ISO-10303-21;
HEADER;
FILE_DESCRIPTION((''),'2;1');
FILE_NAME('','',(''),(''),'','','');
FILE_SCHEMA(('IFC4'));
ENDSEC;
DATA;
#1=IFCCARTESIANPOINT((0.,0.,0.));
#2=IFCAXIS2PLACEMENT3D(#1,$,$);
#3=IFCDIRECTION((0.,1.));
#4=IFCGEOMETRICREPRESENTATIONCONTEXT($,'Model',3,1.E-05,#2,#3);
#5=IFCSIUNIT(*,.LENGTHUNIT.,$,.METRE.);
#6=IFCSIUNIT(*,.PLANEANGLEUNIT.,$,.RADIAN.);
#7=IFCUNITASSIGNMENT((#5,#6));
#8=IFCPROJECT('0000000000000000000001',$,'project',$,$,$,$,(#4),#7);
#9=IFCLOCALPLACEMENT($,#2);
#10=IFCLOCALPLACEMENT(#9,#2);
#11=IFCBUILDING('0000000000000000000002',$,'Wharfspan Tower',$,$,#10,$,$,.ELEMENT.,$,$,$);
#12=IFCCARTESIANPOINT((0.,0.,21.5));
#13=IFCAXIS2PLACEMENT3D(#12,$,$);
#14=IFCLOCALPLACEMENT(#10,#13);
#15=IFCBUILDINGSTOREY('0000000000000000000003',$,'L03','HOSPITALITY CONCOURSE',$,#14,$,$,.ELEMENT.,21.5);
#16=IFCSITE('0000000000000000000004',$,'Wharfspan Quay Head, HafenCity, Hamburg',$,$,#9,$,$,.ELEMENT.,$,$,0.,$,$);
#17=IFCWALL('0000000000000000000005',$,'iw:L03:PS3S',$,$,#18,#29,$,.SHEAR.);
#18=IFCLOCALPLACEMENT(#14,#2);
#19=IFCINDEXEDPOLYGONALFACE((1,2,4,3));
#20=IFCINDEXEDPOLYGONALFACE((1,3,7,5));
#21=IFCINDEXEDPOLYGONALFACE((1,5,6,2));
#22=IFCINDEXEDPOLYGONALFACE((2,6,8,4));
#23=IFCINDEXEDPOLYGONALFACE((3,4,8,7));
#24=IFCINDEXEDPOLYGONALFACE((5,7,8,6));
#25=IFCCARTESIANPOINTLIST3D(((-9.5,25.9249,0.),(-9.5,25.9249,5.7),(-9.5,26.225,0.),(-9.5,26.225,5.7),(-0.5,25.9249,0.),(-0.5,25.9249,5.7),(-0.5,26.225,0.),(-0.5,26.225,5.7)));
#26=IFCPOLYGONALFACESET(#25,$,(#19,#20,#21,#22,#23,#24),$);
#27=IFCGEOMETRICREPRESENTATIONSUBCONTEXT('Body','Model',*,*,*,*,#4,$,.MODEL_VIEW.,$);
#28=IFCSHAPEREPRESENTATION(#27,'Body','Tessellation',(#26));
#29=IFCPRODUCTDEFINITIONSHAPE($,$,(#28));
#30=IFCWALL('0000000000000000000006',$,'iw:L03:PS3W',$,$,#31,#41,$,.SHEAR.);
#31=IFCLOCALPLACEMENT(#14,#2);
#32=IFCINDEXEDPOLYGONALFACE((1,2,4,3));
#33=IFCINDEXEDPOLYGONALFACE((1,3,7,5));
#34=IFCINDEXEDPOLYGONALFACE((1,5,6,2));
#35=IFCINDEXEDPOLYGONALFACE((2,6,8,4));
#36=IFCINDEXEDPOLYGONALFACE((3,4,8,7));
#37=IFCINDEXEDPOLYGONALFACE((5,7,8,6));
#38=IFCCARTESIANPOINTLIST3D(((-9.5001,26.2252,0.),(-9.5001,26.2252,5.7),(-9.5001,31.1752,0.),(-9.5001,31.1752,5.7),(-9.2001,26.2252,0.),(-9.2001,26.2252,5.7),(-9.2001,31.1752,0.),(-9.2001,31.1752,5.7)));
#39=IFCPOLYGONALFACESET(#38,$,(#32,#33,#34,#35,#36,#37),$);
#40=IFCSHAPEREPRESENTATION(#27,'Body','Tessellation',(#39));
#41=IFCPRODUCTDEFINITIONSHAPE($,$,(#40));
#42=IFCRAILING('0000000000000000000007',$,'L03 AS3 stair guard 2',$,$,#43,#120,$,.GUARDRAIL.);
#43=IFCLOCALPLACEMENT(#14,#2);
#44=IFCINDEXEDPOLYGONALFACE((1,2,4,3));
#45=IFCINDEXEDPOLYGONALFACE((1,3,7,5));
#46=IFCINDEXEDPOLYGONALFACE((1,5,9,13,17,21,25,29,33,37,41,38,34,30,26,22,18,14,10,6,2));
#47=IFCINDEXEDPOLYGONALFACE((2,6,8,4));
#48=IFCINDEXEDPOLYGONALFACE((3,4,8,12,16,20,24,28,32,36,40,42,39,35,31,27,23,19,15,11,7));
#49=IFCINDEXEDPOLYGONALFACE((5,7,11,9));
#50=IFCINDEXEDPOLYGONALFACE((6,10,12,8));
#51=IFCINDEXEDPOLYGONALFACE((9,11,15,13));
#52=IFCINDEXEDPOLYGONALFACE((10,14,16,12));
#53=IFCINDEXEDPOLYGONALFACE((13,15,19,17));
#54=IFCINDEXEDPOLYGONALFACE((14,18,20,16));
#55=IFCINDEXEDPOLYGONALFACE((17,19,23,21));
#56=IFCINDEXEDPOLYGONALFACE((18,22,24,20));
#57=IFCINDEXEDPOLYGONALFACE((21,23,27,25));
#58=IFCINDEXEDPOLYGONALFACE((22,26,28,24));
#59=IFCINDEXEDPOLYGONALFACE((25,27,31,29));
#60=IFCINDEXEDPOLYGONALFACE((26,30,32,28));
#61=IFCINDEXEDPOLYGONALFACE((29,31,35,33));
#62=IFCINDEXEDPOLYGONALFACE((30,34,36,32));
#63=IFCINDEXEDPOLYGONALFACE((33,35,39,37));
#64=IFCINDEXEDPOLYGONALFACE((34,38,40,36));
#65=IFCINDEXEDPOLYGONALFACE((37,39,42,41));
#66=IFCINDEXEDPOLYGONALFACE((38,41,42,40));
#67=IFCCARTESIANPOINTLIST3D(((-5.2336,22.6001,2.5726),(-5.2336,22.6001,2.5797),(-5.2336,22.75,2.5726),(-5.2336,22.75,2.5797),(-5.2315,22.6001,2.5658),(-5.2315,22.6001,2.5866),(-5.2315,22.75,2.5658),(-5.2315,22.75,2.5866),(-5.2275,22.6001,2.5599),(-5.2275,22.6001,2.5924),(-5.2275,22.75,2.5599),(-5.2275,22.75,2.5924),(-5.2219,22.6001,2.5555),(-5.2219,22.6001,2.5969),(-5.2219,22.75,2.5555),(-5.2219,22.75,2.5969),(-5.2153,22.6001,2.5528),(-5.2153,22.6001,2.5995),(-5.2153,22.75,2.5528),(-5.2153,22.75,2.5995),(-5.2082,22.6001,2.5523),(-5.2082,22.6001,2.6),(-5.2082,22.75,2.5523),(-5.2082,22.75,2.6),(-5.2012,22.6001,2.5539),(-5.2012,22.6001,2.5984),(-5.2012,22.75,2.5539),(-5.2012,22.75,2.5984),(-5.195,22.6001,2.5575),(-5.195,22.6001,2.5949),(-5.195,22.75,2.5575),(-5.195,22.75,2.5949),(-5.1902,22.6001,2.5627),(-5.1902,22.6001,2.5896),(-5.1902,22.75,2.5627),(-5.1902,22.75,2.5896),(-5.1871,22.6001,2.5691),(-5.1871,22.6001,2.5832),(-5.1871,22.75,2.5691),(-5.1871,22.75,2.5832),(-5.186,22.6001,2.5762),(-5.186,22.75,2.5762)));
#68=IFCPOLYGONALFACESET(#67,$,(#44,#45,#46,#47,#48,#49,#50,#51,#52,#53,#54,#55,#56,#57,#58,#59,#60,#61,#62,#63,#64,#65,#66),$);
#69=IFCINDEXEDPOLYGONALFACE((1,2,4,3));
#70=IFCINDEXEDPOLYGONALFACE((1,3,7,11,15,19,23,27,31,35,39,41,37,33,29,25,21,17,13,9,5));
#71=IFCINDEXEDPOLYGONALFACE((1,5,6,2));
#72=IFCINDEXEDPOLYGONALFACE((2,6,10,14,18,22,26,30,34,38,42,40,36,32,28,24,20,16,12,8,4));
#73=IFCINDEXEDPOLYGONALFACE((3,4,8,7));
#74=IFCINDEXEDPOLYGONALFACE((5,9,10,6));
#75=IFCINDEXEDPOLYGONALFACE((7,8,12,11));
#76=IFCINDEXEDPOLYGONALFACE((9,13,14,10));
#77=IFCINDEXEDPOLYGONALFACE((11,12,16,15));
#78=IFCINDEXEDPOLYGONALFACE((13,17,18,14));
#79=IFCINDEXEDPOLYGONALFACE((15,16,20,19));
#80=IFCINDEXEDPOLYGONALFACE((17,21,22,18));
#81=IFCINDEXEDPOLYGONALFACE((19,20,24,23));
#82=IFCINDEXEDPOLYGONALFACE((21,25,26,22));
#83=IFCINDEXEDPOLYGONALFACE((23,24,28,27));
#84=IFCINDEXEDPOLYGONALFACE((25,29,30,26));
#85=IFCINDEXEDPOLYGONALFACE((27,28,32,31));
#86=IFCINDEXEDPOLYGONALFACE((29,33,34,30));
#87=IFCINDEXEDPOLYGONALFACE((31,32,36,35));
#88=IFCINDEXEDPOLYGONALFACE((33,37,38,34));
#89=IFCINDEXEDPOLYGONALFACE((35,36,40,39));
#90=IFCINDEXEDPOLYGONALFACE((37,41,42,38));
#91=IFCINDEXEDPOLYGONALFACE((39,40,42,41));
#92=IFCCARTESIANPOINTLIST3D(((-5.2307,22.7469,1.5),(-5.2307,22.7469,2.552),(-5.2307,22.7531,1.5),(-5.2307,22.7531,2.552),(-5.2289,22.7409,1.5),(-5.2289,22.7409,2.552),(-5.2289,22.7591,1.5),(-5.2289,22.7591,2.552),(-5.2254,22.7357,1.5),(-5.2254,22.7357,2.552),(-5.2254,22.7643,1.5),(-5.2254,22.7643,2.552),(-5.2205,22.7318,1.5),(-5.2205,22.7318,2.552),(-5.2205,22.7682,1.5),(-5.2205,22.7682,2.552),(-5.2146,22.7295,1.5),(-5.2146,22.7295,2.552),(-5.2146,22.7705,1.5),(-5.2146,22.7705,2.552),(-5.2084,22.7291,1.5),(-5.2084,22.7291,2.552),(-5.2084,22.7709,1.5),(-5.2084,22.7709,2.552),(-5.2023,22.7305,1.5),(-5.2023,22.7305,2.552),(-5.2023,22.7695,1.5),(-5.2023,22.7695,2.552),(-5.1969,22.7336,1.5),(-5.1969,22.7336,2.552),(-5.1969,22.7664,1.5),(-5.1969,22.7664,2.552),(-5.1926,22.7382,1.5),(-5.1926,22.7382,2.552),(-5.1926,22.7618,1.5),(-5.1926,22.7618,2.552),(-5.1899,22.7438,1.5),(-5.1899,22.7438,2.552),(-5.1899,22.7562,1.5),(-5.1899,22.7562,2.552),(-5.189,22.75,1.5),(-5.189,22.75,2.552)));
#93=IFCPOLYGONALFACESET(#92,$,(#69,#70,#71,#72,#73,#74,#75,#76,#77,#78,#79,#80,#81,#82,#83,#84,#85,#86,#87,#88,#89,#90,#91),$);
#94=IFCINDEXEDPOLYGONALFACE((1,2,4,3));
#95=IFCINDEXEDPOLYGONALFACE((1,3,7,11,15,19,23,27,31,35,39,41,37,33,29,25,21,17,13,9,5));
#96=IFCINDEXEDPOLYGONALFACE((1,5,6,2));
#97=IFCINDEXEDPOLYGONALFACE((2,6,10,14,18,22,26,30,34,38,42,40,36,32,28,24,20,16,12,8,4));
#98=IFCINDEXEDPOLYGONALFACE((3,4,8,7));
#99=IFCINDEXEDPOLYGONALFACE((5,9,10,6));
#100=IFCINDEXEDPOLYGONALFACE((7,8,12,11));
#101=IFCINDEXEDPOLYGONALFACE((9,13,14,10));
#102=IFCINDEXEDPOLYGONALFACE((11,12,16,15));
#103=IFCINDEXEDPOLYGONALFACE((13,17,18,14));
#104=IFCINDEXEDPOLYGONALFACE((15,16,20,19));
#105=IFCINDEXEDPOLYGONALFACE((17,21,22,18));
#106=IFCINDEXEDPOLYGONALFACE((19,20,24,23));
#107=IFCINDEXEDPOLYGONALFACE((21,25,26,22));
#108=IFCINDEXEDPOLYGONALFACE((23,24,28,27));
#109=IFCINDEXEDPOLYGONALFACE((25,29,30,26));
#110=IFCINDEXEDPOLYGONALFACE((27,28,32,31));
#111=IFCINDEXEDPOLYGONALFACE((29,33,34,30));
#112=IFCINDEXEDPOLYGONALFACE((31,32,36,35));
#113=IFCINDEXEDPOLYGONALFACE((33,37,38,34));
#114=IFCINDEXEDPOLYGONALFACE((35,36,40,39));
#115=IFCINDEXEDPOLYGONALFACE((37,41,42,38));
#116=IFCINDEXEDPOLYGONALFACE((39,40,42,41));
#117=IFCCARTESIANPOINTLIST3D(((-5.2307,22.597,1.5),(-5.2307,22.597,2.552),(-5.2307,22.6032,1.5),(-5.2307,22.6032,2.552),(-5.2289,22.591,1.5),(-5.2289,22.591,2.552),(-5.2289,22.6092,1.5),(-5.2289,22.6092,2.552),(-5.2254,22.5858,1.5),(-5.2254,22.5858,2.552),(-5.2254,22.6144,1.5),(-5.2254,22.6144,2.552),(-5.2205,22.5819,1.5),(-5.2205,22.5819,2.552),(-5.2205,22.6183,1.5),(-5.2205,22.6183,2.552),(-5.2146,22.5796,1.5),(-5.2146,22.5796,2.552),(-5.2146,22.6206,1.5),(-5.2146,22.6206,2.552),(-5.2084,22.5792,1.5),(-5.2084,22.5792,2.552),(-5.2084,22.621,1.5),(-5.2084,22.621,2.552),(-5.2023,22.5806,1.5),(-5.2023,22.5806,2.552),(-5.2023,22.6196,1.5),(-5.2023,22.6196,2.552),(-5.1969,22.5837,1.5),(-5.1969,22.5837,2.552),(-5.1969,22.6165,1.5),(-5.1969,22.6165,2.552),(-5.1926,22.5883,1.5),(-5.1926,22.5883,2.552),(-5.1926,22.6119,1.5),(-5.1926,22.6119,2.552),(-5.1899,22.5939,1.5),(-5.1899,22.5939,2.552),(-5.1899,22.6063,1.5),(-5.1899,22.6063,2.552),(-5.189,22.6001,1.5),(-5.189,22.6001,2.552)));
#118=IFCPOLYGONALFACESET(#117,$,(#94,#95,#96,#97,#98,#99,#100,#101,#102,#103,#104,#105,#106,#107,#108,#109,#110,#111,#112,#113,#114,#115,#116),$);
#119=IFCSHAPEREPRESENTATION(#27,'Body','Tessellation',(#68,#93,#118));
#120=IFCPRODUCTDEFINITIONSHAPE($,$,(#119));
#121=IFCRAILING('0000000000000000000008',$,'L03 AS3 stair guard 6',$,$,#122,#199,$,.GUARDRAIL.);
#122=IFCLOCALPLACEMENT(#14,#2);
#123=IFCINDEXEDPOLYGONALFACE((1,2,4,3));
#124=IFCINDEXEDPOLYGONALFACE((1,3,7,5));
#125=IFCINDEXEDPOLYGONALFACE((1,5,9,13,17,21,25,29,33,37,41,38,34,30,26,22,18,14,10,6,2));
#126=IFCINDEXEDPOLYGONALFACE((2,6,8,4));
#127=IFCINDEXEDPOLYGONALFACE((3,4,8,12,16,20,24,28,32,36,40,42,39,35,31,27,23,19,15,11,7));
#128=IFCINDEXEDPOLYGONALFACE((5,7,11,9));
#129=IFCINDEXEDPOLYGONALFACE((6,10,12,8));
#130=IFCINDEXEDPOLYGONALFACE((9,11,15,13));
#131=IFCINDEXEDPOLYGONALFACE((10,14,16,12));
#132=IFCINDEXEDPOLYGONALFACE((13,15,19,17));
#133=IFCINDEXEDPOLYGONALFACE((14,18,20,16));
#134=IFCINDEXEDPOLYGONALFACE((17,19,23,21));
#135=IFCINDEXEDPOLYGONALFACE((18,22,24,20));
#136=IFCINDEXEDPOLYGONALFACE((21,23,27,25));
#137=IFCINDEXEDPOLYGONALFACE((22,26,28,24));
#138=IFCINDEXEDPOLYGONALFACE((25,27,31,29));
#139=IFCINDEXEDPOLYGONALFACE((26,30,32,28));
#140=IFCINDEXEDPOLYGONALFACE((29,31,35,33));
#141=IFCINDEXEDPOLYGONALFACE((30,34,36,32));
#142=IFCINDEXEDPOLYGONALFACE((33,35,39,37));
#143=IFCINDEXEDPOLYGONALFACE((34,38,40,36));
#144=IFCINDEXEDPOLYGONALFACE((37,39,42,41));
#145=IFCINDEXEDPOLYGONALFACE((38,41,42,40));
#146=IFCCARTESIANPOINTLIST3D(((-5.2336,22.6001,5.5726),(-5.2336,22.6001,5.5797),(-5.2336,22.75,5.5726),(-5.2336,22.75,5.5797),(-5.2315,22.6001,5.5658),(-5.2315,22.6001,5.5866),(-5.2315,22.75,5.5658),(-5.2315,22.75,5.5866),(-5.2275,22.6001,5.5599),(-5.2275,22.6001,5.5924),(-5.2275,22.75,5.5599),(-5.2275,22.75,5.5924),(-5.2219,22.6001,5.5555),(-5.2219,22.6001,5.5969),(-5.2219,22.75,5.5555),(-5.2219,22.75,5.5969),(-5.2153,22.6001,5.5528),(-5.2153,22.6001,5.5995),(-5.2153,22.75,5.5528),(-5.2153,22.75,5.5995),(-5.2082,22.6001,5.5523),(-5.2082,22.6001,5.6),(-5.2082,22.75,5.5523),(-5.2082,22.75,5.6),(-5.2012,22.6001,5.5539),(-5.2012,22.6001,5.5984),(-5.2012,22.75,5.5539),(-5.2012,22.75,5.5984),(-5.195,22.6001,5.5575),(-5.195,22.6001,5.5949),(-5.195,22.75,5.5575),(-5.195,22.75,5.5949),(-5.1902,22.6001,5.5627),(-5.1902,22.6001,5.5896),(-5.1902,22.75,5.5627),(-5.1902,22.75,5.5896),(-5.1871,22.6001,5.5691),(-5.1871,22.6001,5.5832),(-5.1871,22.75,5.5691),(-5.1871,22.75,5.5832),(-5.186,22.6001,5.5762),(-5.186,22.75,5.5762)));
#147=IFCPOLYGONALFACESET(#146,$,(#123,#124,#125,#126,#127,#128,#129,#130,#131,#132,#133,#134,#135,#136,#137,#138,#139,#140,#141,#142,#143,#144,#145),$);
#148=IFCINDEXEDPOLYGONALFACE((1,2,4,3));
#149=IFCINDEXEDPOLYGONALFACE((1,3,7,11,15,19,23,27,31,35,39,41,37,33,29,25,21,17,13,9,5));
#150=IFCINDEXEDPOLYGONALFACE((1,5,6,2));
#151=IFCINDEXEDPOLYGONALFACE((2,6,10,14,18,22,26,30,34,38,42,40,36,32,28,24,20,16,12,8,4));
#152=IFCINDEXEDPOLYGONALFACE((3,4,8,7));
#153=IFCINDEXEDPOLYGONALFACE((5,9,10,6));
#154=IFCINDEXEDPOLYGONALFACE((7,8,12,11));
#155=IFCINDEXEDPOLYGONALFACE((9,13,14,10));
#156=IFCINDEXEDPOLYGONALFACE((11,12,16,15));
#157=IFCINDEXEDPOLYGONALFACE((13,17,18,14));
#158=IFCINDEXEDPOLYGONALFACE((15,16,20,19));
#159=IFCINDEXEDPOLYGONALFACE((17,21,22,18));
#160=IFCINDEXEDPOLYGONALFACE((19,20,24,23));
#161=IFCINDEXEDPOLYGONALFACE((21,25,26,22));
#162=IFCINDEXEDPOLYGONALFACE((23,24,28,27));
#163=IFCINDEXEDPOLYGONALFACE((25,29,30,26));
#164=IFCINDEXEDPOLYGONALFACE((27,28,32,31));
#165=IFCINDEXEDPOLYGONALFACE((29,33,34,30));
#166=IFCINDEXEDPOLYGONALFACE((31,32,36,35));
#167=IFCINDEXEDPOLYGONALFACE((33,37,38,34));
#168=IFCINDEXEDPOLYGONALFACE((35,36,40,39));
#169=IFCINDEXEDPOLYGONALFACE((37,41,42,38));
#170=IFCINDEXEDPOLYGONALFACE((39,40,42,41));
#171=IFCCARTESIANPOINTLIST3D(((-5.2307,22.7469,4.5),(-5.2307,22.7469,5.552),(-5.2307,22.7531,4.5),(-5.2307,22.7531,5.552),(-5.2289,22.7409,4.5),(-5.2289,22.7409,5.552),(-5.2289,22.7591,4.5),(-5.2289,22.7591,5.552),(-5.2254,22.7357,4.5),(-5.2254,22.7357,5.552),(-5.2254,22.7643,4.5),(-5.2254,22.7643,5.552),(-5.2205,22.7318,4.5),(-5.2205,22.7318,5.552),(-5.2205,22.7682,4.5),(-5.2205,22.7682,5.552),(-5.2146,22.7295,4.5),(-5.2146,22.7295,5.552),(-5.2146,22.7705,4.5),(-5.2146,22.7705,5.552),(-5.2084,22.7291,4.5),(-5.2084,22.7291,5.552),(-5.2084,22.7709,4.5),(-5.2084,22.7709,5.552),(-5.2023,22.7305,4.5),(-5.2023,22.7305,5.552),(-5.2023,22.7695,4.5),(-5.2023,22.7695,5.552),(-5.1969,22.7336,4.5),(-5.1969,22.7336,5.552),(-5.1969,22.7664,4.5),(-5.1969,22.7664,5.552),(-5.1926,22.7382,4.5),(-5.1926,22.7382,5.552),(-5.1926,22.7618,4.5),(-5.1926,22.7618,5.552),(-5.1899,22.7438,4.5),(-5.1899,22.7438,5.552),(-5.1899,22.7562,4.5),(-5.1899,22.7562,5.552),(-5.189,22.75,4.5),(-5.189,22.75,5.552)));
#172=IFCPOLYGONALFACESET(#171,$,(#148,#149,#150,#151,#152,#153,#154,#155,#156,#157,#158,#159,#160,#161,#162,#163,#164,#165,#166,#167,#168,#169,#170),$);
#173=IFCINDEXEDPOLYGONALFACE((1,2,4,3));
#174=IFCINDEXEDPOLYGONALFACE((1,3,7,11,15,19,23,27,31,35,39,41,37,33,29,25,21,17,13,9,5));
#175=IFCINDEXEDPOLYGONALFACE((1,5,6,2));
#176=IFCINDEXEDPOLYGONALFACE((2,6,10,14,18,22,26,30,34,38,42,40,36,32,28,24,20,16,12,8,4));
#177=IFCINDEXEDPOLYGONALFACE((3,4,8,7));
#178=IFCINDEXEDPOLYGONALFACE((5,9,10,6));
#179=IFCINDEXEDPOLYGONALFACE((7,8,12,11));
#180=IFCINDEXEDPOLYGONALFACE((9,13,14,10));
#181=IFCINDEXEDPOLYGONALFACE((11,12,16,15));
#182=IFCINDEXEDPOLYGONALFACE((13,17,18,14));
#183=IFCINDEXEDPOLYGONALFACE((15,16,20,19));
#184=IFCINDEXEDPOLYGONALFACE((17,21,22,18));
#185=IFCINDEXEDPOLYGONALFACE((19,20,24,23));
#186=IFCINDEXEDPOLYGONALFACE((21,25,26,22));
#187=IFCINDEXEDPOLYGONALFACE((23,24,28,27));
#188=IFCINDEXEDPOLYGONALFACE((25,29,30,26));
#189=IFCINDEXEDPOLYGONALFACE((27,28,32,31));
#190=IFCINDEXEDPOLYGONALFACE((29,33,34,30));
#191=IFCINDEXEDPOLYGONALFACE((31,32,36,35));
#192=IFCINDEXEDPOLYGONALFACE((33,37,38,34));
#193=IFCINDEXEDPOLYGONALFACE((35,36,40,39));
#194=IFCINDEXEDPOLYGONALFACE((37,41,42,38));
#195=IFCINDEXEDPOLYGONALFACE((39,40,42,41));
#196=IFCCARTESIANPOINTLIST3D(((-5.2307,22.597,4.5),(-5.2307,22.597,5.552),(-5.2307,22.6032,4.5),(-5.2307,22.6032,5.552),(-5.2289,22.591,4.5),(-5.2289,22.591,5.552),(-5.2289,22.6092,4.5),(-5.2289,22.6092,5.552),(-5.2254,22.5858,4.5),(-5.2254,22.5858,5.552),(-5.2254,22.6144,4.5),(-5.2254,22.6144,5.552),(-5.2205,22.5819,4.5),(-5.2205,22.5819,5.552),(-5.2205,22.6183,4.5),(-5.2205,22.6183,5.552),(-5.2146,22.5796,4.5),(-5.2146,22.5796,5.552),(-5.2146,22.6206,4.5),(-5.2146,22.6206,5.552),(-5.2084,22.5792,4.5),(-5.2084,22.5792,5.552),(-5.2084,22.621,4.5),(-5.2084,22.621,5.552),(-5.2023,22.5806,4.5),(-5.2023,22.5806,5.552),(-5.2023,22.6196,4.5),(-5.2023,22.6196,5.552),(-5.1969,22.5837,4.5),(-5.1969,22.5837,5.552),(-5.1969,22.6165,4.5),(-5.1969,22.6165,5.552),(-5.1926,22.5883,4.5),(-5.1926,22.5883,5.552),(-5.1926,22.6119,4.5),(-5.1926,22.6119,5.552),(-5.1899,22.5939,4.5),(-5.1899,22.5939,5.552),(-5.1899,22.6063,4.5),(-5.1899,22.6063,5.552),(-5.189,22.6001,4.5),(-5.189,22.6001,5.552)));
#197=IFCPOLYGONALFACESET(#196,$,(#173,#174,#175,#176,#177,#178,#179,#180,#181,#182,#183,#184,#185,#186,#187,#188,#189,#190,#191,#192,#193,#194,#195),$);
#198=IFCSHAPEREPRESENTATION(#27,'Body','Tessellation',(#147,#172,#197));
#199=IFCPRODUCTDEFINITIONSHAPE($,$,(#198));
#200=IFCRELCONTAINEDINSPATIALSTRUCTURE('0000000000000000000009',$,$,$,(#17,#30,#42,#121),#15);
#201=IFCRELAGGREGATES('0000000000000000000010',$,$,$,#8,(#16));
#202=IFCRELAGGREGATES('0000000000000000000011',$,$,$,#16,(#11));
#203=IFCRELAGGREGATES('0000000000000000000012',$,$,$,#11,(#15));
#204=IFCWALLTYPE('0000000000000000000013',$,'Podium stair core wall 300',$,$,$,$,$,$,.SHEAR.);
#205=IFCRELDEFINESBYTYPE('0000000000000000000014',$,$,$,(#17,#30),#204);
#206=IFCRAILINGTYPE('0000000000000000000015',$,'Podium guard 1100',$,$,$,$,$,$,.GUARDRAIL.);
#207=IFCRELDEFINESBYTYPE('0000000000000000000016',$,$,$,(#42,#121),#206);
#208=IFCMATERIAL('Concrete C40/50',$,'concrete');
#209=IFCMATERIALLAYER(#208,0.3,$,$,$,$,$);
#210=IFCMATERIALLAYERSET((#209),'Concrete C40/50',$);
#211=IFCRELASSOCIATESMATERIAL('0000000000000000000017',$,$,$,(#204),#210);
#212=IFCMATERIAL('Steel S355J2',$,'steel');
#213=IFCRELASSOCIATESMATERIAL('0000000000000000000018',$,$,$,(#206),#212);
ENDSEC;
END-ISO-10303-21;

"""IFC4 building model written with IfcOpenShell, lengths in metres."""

from ifc_helpers import new_model, si_unit, direction, frame, frame_2d, origin, origin_2d, place, context, subcontext, project, spatial, rectangle, circle, extrude, material, layer, layer_set, type_object, element, save


model = new_model("IFC4")

# Units and contexts
model_context = context("Model", 3, precision=1e-05, world=origin(), true_north=direction((0.0, 1.0)))
body_context = subcontext(model_context, "Body", "Model", "MODEL_VIEW")
ifc_project = project(units=[si_unit("LENGTHUNIT", "METRE"), si_unit("PLANEANGLEUNIT", "RADIAN")], contexts=[model_context])

# Site, building, storey
site_placement = place(None, origin())
site = spatial("IfcSite", under=ifc_project, at=site_placement, Name="Wharfspan Quay Head, HafenCity, Hamburg", CompositionType="ELEMENT", RefElevation=0.0)
building_placement = place(site_placement, origin())
building = spatial("IfcBuilding", under=site, at=building_placement, Name="Wharfspan Tower", CompositionType="ELEMENT")
storey_placement = place(building_placement, frame((0.0, 0.0, 21.5)))
storey = spatial("IfcBuildingStorey", under=building, at=storey_placement, Name="L03", Description="HOSPITALITY CONCOURSE", CompositionType="ELEMENT", Elevation=21.5)

# Walls
ifc_material_1 = material(Name="Concrete C40/50", Category="concrete")
ifc_layer_1 = layer(ifc_material_1, 0.3)
ifc_layer_set_1 = layer_set([ifc_layer_1], Name="Concrete C40/50")
wall_type_1 = type_object("IfcWallType", Name="Podium stair core wall 300", PredefinedType="SHEAR", material=ifc_layer_set_1)
wall_1_placement = place(storey_placement, frame((-9.5, 26.075, 0.0), z_axis=(0.0, 0.0, 1.0), x_axis=(1.0, 0.0, 0.0)))
element("IfcWall", 1, at=wall_1_placement, inside=storey, type_object=wall_type_1, Name="iw:L03:PS3S", PredefinedType="SHEAR", context=body_context, shape_type="SweptSolid", body=[
    extrude(rectangle(XDim=9.0, YDim=0.3, at=frame_2d((4.5, 0.0))), origin(), (0.0, 0.0, 1.0), 5.7),
])
wall_2_placement = place(storey_placement, frame((-9.3501, 26.2251, 0.0), z_axis=(0.0, 0.0, 1.0), x_axis=(0.0, 1.0, 0.0)))
element("IfcWall", 2, at=wall_2_placement, inside=storey, type_object=wall_type_1, Name="iw:L03:PS3W", PredefinedType="SHEAR", context=body_context, shape_type="SweptSolid", body=[
    extrude(rectangle(XDim=4.95, YDim=0.3, at=frame_2d((2.4751, 0.0))), origin(), (0.0, 0.0, 1.0), 5.7),
])

# Railings
ifc_material_2 = material(Name="Steel S355J2", Category="steel")
railing_type_1 = type_object("IfcRailingType", Name="Podium guard 1100", PredefinedType="GUARDRAIL", material=ifc_material_2)
for number, where, name in (
    (3, (-5.21, 22.75, 1.5), "L03 AS3 stair guard 2"),
    (4, (-5.21, 22.75, 4.5), "L03 AS3 stair guard 6"),
):
    element("IfcRailing", number, at=place(storey_placement, frame(where)), inside=storey, type_object=railing_type_1, Name=name, PredefinedType="GUARDRAIL", context=body_context, shape_type="SweptSolid", body=[
        extrude(circle(Radius=0.0239, at=origin_2d()), frame((0.0, 0.0, 1.0762), z_axis=(0.0, -1.0, 0.0), x_axis=(1.0, 0.0, 0.0)), (0.0, 0.0, 1.0), 0.1499),
        extrude(circle(Radius=0.021, at=origin_2d()), origin(), (0.0, 0.0, 1.0), 1.052),
        extrude(circle(Radius=0.021, at=origin_2d()), frame((0.0, -0.1499, 0.0)), (0.0, 0.0, 1.0), 1.052),
    ])

save(model, "model.ifc")
